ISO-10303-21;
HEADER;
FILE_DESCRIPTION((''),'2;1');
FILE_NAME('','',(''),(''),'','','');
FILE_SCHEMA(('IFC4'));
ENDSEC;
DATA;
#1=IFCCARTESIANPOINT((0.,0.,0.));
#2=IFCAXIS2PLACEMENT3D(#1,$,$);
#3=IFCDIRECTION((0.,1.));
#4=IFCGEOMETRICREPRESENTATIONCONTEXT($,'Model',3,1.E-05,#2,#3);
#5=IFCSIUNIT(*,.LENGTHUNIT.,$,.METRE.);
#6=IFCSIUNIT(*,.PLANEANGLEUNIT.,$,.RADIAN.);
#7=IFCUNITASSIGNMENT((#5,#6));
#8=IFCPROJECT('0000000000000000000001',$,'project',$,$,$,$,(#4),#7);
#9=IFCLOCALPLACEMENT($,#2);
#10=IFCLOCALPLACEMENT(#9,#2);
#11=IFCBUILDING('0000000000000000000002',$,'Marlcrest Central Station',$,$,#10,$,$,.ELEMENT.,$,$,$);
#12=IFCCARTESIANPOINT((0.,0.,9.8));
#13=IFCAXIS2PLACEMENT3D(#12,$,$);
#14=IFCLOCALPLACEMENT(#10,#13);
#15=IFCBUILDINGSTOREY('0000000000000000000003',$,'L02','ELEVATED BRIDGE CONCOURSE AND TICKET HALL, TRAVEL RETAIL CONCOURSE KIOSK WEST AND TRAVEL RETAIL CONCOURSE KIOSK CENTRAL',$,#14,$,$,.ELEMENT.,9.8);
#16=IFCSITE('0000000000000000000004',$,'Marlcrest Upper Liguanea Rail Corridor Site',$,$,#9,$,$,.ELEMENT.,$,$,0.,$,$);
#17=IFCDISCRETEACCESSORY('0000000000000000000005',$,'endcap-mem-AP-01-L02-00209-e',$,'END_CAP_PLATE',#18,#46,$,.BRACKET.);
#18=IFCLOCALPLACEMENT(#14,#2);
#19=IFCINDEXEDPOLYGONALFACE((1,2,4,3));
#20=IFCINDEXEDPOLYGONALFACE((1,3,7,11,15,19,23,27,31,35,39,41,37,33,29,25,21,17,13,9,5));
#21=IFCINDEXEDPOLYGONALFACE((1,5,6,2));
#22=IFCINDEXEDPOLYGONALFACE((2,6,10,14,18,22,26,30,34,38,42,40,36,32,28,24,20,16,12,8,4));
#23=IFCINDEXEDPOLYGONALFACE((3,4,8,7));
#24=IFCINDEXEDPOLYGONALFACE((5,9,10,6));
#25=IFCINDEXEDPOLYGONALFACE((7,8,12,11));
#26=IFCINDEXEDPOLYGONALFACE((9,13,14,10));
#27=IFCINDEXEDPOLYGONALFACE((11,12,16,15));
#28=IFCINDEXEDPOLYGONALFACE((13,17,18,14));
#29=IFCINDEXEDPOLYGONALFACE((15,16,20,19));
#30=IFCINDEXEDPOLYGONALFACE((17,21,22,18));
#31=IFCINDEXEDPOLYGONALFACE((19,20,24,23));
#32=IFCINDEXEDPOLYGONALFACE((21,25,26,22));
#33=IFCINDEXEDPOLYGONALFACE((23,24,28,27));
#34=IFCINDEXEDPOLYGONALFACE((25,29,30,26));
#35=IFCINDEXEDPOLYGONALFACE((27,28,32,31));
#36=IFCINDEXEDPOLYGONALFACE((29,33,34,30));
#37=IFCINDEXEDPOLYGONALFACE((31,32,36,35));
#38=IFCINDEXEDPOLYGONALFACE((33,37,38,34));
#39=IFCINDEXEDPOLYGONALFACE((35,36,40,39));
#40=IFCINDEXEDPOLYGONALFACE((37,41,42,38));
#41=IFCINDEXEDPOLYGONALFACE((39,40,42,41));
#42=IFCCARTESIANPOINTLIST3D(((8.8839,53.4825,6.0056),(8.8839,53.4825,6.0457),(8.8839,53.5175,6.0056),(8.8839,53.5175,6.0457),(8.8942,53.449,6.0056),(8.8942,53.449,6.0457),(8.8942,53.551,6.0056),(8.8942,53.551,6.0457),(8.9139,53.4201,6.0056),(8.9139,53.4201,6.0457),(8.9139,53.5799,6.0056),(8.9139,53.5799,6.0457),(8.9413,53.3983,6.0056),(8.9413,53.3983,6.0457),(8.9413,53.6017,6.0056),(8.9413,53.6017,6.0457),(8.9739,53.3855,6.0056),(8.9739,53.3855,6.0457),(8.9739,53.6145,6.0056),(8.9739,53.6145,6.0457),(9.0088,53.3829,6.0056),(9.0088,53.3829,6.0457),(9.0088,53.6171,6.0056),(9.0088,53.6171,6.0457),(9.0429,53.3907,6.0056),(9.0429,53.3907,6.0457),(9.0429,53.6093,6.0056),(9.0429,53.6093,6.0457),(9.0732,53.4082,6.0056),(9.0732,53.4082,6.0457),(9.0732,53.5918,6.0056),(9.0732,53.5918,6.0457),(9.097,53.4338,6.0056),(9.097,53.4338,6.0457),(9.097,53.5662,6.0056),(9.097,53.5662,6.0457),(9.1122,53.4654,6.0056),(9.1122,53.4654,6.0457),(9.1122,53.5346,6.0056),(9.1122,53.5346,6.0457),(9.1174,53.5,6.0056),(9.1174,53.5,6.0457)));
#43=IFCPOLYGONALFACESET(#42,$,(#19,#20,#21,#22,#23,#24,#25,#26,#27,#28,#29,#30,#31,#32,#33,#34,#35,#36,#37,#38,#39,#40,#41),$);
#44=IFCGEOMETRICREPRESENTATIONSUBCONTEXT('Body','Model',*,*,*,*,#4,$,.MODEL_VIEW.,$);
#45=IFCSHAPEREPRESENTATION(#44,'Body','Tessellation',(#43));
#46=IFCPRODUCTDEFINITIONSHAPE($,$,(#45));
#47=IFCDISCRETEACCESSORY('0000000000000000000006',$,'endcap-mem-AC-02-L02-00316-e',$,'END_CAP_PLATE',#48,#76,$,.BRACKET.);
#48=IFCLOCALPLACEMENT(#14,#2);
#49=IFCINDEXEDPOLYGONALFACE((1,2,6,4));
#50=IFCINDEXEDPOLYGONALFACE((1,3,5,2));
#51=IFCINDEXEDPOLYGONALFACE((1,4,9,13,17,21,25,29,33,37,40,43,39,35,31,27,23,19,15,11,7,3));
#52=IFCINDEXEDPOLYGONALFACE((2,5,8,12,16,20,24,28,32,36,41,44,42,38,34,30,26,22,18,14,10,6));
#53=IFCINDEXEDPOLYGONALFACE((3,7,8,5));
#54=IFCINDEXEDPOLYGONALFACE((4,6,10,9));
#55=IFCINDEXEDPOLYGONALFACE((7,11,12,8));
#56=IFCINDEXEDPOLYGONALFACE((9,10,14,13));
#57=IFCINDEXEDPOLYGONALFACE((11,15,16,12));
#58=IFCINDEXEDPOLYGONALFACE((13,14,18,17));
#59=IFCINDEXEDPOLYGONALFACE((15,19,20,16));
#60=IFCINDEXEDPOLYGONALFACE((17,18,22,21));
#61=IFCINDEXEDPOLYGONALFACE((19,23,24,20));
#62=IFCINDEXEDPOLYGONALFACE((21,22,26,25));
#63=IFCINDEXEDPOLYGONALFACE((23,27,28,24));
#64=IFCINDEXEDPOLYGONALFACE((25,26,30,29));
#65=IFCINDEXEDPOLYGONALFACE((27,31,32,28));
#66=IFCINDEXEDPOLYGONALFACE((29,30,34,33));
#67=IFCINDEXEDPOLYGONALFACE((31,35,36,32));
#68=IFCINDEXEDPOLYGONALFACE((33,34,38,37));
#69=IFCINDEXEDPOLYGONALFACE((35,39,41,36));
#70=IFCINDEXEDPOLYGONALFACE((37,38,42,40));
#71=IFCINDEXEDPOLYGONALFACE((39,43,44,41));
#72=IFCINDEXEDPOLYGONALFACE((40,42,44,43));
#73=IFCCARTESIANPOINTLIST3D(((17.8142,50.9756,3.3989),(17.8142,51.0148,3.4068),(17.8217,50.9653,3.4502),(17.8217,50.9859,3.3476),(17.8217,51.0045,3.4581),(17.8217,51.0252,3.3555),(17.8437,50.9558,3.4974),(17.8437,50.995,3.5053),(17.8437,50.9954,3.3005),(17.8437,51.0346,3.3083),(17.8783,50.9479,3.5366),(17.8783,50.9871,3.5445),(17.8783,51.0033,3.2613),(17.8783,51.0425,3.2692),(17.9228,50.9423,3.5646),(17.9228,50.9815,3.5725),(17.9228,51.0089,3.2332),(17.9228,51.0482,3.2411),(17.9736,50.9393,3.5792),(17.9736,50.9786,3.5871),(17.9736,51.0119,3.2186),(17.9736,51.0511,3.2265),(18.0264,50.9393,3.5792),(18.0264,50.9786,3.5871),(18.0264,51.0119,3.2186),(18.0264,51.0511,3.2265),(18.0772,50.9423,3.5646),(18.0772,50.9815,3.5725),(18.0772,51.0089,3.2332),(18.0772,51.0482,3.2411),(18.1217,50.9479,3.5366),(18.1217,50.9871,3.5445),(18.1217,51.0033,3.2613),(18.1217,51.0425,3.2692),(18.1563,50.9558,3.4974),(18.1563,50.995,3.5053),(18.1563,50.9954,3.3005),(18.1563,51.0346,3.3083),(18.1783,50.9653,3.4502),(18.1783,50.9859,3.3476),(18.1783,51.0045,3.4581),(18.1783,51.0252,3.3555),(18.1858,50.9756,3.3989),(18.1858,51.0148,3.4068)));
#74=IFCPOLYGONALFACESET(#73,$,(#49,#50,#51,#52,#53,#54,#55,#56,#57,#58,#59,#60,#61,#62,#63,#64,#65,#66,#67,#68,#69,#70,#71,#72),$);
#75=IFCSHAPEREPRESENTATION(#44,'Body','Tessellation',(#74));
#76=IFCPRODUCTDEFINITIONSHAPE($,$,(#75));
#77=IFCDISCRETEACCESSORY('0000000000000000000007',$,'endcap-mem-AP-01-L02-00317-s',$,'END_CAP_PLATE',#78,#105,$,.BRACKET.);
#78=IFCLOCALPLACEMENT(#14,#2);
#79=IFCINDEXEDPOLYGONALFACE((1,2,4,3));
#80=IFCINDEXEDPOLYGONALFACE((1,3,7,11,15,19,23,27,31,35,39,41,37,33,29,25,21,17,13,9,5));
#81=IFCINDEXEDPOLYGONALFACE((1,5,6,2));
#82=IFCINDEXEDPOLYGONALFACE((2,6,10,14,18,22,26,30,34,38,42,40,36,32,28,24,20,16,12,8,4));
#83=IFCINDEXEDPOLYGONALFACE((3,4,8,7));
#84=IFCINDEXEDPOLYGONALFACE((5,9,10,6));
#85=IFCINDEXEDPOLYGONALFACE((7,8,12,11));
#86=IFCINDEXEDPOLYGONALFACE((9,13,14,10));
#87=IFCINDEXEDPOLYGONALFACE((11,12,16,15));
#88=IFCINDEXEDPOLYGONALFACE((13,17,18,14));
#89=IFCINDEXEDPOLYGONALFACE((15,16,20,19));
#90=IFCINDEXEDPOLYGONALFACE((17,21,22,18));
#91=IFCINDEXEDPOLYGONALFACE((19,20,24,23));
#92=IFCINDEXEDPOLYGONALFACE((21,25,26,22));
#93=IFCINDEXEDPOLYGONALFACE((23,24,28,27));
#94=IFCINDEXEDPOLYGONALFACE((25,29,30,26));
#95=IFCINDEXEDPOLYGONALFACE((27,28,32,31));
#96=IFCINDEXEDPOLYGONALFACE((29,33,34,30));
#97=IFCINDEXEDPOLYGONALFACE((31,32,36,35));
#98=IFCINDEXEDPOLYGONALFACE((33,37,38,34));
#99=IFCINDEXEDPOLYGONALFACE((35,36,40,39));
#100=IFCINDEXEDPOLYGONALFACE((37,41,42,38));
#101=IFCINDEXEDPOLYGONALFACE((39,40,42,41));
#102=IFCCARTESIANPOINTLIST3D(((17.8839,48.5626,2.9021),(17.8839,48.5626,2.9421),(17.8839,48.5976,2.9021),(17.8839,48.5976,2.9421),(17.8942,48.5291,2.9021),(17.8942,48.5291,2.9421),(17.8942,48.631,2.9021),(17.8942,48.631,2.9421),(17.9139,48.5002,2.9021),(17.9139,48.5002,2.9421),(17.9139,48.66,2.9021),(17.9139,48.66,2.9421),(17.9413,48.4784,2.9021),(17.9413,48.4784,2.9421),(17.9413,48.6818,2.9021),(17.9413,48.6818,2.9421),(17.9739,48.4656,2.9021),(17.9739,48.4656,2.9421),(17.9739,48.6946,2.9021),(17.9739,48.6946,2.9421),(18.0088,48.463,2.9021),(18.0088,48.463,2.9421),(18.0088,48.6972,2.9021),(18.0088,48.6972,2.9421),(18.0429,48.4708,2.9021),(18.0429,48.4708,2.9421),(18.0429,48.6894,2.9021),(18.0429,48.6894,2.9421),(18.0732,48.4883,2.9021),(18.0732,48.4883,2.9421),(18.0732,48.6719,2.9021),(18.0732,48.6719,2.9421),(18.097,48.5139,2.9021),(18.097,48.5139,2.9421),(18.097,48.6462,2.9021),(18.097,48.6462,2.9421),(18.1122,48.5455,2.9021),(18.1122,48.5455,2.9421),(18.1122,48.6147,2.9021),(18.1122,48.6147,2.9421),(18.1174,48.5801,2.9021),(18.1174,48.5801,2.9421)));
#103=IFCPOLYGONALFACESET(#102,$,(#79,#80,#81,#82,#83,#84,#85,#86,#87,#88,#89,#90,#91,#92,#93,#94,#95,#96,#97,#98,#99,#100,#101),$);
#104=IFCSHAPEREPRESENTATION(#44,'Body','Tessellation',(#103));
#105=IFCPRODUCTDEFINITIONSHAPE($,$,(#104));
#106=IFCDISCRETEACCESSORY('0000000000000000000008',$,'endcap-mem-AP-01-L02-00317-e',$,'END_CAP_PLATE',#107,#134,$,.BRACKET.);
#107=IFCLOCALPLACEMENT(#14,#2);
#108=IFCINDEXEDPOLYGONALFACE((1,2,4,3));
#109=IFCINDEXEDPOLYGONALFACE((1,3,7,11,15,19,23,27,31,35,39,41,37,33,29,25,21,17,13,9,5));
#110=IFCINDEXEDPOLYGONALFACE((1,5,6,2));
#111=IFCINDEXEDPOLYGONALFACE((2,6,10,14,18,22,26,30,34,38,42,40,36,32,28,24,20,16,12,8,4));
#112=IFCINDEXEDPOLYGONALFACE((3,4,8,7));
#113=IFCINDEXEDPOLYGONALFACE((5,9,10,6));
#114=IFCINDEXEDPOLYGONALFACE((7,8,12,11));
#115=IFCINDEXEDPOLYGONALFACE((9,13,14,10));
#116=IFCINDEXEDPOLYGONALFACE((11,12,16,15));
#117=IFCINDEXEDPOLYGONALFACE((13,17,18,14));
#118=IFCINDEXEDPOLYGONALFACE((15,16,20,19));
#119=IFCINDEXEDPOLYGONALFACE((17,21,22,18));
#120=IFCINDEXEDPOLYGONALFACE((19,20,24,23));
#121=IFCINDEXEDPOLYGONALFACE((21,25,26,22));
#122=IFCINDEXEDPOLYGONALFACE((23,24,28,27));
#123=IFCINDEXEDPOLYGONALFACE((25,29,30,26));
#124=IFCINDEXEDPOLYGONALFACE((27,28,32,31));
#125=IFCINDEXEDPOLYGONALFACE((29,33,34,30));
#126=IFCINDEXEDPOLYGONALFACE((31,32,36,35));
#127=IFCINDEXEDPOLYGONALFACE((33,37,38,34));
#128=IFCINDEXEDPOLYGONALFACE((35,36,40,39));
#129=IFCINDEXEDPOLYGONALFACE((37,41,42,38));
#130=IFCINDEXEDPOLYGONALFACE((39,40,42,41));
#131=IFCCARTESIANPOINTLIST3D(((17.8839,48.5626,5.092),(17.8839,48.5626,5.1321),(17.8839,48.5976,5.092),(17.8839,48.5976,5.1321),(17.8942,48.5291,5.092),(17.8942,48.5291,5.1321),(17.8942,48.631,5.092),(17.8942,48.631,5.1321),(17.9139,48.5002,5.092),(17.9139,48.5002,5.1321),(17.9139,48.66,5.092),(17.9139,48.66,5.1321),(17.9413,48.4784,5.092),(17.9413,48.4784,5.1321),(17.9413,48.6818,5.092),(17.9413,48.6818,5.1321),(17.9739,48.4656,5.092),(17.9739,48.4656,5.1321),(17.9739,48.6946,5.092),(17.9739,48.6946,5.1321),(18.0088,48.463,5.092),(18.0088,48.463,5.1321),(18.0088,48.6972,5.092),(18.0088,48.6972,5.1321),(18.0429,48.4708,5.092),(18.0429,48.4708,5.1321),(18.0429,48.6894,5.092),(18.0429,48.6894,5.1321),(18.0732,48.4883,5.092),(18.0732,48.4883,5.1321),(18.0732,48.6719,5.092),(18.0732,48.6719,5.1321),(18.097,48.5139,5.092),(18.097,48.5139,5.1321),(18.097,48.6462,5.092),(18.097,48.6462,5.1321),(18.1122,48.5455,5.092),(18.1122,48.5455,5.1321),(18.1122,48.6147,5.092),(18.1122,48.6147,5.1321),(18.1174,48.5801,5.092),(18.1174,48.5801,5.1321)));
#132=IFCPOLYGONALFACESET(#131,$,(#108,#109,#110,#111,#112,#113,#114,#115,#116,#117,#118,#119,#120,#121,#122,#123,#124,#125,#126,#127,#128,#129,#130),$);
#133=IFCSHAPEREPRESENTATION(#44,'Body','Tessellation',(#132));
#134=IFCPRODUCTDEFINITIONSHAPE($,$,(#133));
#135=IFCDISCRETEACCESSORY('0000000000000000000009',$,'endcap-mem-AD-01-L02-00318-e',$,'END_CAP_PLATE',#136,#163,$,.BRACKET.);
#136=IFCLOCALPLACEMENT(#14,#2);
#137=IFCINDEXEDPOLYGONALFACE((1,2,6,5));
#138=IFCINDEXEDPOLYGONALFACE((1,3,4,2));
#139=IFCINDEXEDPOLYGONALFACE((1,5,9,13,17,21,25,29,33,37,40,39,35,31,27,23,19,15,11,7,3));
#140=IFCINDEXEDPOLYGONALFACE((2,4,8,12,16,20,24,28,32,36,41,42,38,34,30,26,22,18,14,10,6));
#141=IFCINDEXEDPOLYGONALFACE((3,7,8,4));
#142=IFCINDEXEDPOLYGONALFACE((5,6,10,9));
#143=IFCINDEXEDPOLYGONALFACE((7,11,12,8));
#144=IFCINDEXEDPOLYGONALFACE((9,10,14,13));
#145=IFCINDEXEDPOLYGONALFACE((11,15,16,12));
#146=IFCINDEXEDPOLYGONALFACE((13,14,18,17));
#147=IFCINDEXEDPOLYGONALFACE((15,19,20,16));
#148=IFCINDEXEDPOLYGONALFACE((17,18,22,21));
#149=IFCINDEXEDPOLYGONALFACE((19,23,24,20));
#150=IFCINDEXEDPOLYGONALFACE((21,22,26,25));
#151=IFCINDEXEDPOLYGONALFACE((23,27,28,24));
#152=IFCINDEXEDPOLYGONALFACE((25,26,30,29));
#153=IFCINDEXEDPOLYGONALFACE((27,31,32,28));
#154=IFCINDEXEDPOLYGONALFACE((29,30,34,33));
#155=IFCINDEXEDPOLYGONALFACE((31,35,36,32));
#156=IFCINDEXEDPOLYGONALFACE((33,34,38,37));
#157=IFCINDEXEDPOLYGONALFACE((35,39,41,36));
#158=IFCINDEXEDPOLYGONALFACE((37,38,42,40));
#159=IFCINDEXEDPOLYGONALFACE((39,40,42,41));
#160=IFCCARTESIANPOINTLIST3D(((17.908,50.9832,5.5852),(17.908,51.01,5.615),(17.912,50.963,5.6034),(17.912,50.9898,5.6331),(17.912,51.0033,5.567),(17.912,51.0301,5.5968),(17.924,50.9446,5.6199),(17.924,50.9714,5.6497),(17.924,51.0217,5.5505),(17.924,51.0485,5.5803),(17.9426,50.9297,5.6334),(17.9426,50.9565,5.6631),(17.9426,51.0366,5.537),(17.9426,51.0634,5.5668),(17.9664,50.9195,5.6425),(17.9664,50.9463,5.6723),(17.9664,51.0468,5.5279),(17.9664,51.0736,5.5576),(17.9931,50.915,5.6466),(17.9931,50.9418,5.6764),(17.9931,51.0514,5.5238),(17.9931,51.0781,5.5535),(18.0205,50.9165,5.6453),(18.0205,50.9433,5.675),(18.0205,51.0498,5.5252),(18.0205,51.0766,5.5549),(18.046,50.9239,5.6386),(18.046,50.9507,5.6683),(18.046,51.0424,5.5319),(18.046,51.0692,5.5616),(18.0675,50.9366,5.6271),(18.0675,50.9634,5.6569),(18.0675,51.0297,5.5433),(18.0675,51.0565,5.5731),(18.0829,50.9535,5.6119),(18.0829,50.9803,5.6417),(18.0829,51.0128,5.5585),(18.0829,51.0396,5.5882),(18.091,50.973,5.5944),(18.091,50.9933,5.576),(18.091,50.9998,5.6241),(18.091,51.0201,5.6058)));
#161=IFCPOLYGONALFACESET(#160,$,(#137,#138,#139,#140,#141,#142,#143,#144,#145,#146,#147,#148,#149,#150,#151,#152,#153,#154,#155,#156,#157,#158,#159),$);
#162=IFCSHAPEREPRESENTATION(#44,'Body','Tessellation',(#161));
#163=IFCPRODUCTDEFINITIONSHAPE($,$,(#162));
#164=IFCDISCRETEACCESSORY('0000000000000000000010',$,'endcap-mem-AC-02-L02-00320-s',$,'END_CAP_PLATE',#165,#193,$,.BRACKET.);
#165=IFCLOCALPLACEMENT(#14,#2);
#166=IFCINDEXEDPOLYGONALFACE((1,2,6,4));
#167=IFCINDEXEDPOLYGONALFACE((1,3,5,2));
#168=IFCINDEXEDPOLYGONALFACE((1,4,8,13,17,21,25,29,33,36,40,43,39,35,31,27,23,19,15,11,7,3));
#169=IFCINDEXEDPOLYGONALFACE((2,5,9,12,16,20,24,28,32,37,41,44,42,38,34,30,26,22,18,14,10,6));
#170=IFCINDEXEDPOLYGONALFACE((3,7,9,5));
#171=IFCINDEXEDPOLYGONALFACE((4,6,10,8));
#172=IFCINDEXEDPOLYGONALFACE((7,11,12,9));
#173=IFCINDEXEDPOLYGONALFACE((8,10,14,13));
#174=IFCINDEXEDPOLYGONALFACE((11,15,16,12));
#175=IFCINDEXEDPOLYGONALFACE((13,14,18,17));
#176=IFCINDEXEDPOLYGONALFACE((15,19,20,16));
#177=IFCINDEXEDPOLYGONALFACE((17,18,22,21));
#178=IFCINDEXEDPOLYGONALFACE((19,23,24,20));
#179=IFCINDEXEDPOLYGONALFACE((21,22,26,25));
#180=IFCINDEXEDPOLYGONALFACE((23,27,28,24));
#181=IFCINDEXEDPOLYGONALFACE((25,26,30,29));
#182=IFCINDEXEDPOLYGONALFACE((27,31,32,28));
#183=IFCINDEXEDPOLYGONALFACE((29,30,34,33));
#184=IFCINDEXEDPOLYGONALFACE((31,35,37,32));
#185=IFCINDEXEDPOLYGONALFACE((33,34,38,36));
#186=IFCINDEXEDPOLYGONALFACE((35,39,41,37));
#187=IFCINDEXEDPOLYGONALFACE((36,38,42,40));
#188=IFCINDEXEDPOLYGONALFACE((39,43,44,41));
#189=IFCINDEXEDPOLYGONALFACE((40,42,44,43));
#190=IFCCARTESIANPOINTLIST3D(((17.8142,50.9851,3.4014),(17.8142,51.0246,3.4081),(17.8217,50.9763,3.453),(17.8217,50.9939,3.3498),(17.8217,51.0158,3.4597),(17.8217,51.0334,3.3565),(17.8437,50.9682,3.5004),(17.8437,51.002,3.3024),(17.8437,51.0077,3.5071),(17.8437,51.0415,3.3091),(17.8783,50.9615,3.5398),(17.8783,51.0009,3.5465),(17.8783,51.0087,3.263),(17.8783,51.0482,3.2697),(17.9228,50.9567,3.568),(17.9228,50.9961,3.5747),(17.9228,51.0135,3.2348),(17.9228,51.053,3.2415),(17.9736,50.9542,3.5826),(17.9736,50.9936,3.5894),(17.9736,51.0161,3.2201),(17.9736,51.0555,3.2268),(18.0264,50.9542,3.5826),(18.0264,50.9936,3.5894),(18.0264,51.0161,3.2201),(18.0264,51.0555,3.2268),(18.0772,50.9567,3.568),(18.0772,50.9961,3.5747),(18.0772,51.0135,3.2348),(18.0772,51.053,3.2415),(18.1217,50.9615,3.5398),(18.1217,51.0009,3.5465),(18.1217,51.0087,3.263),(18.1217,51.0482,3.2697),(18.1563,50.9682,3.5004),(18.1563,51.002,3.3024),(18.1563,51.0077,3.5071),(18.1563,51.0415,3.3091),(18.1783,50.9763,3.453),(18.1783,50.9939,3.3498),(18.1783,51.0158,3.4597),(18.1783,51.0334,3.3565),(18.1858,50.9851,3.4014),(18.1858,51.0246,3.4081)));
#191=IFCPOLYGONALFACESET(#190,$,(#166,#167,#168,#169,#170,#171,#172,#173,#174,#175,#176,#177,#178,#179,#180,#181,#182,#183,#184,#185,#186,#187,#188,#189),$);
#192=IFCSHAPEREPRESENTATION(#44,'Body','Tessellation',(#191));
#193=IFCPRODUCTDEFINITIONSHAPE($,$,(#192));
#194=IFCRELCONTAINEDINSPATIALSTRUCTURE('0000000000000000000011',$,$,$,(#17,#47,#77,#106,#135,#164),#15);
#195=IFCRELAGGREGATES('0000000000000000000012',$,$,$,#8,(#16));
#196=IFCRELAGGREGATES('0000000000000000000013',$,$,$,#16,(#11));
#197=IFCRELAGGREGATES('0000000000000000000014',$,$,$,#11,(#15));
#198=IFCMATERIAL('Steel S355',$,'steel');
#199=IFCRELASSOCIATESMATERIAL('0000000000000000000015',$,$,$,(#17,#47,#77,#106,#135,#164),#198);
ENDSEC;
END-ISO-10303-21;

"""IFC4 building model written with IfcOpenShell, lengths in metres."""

from ifc_helpers import new_model, si_unit, direction, frame, origin, origin_2d, place, context, subcontext, project, spatial, circle, extrude, material, element, save


model = new_model("IFC4")

# Units and contexts
model_context = context("Model", 3, precision=1e-05, world=origin(), true_north=direction((0.0, 1.0)))
body_context = subcontext(model_context, "Body", "Model", "MODEL_VIEW")
ifc_project = project(units=[si_unit("LENGTHUNIT", "METRE"), si_unit("PLANEANGLEUNIT", "RADIAN")], contexts=[model_context])

# Site, building, storey
site_placement = place(None, origin())
site = spatial("IfcSite", under=ifc_project, at=site_placement, Name="Marlcrest Upper Liguanea Rail Corridor Site", CompositionType="ELEMENT", RefElevation=0.0)
building_placement = place(site_placement, origin())
building = spatial("IfcBuilding", under=site, at=building_placement, Name="Marlcrest Central Station", CompositionType="ELEMENT")
storey_placement = place(building_placement, frame((0.0, 0.0, 9.8)))
storey = spatial("IfcBuildingStorey", under=building, at=storey_placement, Name="L02", Description="ELEVATED BRIDGE CONCOURSE AND TICKET HALL, TRAVEL RETAIL CONCOURSE KIOSK WEST AND TRAVEL RETAIL CONCOURSE KIOSK CENTRAL", CompositionType="ELEMENT", Elevation=9.8)

# Shared definitions
ifc_material = material(Name="Steel S355", Category="steel")

# Discrete accessories
for number, where, z_axis, x_axis, name in (
    (1, (9.0, 53.5, 6.0056), (0.0, 0.0, 1.0), (1.0, 0.0, 0.0), "endcap-mem-AP-01-L02-00209-e"),
):
    element("IfcDiscreteAccessory", number, at=place(storey_placement, frame(where, z_axis=z_axis, x_axis=x_axis)), inside=storey, material=ifc_material, Name=name, ObjectType="END_CAP_PLATE", PredefinedType="BRACKET", context=body_context, shape_type="SweptSolid", body=[
        extrude(circle(Radius=0.1174, at=origin_2d()), origin(), (0.0, 0.0, 1.0), 0.04),
    ])
discrete_accessory_1_placement = place(storey_placement, frame((18.0, 50.9756, 3.3989), z_axis=(0.0, 0.980359, 0.197219), x_axis=(-1.0, 0.0, 0.0)))
element("IfcDiscreteAccessory", 2, at=discrete_accessory_1_placement, inside=storey, material=ifc_material, Name="endcap-mem-AC-02-L02-00316-e", ObjectType="END_CAP_PLATE", PredefinedType="BRACKET", context=body_context, shape_type="SweptSolid", body=[
    extrude(circle(Radius=0.1858, at=origin_2d()), origin(), (0.0, 0.0, 1.0), 0.04),
])
for number, where, z_axis, x_axis, name in (
    (3, (18.0, 48.5801, 2.9021), (0.0, 0.0, 1.0), (1.0, 0.0, 0.0), "endcap-mem-AP-01-L02-00317-s"),
    (4, (18.0, 48.5801, 5.092), (0.0, 0.0, 1.0), (1.0, 0.0, 0.0), "endcap-mem-AP-01-L02-00317-e"),
):
    element("IfcDiscreteAccessory", number, at=place(storey_placement, frame(where, z_axis=z_axis, x_axis=x_axis)), inside=storey, material=ifc_material, Name=name, ObjectType="END_CAP_PLATE", PredefinedType="BRACKET", context=body_context, shape_type="SweptSolid", body=[
        extrude(circle(Radius=0.1174, at=origin_2d()), origin(), (0.0, 0.0, 1.0), 0.04),
    ])
discrete_accessory_2_placement = place(storey_placement, frame((18.0, 50.9832, 5.5852), z_axis=(0.0, 0.669244, 0.743042), x_axis=(-1.0, 0.0, 0.0)))
element("IfcDiscreteAccessory", 5, at=discrete_accessory_2_placement, inside=storey, material=ifc_material, Name="endcap-mem-AD-01-L02-00318-e", ObjectType="END_CAP_PLATE", PredefinedType="BRACKET", context=body_context, shape_type="SweptSolid", body=[
    extrude(circle(Radius=0.092, at=origin_2d()), origin(), (0.0, 0.0, 1.0), 0.04),
])
for number, where, z_axis, x_axis, name in (
    (6, (18.0, 50.9851, 3.4014), (0.0, 0.985741, 0.168269), (-1.0, 0.0, 0.0), "endcap-mem-AC-02-L02-00320-s"),
):
    element("IfcDiscreteAccessory", number, at=place(storey_placement, frame(where, z_axis=z_axis, x_axis=x_axis)), inside=storey, material=ifc_material, Name=name, ObjectType="END_CAP_PLATE", PredefinedType="BRACKET", context=body_context, shape_type="SweptSolid", body=[
        extrude(circle(Radius=0.1858, at=origin_2d()), origin(), (0.0, 0.0, 1.0), 0.04),
    ])

save(model, "model.ifc")
